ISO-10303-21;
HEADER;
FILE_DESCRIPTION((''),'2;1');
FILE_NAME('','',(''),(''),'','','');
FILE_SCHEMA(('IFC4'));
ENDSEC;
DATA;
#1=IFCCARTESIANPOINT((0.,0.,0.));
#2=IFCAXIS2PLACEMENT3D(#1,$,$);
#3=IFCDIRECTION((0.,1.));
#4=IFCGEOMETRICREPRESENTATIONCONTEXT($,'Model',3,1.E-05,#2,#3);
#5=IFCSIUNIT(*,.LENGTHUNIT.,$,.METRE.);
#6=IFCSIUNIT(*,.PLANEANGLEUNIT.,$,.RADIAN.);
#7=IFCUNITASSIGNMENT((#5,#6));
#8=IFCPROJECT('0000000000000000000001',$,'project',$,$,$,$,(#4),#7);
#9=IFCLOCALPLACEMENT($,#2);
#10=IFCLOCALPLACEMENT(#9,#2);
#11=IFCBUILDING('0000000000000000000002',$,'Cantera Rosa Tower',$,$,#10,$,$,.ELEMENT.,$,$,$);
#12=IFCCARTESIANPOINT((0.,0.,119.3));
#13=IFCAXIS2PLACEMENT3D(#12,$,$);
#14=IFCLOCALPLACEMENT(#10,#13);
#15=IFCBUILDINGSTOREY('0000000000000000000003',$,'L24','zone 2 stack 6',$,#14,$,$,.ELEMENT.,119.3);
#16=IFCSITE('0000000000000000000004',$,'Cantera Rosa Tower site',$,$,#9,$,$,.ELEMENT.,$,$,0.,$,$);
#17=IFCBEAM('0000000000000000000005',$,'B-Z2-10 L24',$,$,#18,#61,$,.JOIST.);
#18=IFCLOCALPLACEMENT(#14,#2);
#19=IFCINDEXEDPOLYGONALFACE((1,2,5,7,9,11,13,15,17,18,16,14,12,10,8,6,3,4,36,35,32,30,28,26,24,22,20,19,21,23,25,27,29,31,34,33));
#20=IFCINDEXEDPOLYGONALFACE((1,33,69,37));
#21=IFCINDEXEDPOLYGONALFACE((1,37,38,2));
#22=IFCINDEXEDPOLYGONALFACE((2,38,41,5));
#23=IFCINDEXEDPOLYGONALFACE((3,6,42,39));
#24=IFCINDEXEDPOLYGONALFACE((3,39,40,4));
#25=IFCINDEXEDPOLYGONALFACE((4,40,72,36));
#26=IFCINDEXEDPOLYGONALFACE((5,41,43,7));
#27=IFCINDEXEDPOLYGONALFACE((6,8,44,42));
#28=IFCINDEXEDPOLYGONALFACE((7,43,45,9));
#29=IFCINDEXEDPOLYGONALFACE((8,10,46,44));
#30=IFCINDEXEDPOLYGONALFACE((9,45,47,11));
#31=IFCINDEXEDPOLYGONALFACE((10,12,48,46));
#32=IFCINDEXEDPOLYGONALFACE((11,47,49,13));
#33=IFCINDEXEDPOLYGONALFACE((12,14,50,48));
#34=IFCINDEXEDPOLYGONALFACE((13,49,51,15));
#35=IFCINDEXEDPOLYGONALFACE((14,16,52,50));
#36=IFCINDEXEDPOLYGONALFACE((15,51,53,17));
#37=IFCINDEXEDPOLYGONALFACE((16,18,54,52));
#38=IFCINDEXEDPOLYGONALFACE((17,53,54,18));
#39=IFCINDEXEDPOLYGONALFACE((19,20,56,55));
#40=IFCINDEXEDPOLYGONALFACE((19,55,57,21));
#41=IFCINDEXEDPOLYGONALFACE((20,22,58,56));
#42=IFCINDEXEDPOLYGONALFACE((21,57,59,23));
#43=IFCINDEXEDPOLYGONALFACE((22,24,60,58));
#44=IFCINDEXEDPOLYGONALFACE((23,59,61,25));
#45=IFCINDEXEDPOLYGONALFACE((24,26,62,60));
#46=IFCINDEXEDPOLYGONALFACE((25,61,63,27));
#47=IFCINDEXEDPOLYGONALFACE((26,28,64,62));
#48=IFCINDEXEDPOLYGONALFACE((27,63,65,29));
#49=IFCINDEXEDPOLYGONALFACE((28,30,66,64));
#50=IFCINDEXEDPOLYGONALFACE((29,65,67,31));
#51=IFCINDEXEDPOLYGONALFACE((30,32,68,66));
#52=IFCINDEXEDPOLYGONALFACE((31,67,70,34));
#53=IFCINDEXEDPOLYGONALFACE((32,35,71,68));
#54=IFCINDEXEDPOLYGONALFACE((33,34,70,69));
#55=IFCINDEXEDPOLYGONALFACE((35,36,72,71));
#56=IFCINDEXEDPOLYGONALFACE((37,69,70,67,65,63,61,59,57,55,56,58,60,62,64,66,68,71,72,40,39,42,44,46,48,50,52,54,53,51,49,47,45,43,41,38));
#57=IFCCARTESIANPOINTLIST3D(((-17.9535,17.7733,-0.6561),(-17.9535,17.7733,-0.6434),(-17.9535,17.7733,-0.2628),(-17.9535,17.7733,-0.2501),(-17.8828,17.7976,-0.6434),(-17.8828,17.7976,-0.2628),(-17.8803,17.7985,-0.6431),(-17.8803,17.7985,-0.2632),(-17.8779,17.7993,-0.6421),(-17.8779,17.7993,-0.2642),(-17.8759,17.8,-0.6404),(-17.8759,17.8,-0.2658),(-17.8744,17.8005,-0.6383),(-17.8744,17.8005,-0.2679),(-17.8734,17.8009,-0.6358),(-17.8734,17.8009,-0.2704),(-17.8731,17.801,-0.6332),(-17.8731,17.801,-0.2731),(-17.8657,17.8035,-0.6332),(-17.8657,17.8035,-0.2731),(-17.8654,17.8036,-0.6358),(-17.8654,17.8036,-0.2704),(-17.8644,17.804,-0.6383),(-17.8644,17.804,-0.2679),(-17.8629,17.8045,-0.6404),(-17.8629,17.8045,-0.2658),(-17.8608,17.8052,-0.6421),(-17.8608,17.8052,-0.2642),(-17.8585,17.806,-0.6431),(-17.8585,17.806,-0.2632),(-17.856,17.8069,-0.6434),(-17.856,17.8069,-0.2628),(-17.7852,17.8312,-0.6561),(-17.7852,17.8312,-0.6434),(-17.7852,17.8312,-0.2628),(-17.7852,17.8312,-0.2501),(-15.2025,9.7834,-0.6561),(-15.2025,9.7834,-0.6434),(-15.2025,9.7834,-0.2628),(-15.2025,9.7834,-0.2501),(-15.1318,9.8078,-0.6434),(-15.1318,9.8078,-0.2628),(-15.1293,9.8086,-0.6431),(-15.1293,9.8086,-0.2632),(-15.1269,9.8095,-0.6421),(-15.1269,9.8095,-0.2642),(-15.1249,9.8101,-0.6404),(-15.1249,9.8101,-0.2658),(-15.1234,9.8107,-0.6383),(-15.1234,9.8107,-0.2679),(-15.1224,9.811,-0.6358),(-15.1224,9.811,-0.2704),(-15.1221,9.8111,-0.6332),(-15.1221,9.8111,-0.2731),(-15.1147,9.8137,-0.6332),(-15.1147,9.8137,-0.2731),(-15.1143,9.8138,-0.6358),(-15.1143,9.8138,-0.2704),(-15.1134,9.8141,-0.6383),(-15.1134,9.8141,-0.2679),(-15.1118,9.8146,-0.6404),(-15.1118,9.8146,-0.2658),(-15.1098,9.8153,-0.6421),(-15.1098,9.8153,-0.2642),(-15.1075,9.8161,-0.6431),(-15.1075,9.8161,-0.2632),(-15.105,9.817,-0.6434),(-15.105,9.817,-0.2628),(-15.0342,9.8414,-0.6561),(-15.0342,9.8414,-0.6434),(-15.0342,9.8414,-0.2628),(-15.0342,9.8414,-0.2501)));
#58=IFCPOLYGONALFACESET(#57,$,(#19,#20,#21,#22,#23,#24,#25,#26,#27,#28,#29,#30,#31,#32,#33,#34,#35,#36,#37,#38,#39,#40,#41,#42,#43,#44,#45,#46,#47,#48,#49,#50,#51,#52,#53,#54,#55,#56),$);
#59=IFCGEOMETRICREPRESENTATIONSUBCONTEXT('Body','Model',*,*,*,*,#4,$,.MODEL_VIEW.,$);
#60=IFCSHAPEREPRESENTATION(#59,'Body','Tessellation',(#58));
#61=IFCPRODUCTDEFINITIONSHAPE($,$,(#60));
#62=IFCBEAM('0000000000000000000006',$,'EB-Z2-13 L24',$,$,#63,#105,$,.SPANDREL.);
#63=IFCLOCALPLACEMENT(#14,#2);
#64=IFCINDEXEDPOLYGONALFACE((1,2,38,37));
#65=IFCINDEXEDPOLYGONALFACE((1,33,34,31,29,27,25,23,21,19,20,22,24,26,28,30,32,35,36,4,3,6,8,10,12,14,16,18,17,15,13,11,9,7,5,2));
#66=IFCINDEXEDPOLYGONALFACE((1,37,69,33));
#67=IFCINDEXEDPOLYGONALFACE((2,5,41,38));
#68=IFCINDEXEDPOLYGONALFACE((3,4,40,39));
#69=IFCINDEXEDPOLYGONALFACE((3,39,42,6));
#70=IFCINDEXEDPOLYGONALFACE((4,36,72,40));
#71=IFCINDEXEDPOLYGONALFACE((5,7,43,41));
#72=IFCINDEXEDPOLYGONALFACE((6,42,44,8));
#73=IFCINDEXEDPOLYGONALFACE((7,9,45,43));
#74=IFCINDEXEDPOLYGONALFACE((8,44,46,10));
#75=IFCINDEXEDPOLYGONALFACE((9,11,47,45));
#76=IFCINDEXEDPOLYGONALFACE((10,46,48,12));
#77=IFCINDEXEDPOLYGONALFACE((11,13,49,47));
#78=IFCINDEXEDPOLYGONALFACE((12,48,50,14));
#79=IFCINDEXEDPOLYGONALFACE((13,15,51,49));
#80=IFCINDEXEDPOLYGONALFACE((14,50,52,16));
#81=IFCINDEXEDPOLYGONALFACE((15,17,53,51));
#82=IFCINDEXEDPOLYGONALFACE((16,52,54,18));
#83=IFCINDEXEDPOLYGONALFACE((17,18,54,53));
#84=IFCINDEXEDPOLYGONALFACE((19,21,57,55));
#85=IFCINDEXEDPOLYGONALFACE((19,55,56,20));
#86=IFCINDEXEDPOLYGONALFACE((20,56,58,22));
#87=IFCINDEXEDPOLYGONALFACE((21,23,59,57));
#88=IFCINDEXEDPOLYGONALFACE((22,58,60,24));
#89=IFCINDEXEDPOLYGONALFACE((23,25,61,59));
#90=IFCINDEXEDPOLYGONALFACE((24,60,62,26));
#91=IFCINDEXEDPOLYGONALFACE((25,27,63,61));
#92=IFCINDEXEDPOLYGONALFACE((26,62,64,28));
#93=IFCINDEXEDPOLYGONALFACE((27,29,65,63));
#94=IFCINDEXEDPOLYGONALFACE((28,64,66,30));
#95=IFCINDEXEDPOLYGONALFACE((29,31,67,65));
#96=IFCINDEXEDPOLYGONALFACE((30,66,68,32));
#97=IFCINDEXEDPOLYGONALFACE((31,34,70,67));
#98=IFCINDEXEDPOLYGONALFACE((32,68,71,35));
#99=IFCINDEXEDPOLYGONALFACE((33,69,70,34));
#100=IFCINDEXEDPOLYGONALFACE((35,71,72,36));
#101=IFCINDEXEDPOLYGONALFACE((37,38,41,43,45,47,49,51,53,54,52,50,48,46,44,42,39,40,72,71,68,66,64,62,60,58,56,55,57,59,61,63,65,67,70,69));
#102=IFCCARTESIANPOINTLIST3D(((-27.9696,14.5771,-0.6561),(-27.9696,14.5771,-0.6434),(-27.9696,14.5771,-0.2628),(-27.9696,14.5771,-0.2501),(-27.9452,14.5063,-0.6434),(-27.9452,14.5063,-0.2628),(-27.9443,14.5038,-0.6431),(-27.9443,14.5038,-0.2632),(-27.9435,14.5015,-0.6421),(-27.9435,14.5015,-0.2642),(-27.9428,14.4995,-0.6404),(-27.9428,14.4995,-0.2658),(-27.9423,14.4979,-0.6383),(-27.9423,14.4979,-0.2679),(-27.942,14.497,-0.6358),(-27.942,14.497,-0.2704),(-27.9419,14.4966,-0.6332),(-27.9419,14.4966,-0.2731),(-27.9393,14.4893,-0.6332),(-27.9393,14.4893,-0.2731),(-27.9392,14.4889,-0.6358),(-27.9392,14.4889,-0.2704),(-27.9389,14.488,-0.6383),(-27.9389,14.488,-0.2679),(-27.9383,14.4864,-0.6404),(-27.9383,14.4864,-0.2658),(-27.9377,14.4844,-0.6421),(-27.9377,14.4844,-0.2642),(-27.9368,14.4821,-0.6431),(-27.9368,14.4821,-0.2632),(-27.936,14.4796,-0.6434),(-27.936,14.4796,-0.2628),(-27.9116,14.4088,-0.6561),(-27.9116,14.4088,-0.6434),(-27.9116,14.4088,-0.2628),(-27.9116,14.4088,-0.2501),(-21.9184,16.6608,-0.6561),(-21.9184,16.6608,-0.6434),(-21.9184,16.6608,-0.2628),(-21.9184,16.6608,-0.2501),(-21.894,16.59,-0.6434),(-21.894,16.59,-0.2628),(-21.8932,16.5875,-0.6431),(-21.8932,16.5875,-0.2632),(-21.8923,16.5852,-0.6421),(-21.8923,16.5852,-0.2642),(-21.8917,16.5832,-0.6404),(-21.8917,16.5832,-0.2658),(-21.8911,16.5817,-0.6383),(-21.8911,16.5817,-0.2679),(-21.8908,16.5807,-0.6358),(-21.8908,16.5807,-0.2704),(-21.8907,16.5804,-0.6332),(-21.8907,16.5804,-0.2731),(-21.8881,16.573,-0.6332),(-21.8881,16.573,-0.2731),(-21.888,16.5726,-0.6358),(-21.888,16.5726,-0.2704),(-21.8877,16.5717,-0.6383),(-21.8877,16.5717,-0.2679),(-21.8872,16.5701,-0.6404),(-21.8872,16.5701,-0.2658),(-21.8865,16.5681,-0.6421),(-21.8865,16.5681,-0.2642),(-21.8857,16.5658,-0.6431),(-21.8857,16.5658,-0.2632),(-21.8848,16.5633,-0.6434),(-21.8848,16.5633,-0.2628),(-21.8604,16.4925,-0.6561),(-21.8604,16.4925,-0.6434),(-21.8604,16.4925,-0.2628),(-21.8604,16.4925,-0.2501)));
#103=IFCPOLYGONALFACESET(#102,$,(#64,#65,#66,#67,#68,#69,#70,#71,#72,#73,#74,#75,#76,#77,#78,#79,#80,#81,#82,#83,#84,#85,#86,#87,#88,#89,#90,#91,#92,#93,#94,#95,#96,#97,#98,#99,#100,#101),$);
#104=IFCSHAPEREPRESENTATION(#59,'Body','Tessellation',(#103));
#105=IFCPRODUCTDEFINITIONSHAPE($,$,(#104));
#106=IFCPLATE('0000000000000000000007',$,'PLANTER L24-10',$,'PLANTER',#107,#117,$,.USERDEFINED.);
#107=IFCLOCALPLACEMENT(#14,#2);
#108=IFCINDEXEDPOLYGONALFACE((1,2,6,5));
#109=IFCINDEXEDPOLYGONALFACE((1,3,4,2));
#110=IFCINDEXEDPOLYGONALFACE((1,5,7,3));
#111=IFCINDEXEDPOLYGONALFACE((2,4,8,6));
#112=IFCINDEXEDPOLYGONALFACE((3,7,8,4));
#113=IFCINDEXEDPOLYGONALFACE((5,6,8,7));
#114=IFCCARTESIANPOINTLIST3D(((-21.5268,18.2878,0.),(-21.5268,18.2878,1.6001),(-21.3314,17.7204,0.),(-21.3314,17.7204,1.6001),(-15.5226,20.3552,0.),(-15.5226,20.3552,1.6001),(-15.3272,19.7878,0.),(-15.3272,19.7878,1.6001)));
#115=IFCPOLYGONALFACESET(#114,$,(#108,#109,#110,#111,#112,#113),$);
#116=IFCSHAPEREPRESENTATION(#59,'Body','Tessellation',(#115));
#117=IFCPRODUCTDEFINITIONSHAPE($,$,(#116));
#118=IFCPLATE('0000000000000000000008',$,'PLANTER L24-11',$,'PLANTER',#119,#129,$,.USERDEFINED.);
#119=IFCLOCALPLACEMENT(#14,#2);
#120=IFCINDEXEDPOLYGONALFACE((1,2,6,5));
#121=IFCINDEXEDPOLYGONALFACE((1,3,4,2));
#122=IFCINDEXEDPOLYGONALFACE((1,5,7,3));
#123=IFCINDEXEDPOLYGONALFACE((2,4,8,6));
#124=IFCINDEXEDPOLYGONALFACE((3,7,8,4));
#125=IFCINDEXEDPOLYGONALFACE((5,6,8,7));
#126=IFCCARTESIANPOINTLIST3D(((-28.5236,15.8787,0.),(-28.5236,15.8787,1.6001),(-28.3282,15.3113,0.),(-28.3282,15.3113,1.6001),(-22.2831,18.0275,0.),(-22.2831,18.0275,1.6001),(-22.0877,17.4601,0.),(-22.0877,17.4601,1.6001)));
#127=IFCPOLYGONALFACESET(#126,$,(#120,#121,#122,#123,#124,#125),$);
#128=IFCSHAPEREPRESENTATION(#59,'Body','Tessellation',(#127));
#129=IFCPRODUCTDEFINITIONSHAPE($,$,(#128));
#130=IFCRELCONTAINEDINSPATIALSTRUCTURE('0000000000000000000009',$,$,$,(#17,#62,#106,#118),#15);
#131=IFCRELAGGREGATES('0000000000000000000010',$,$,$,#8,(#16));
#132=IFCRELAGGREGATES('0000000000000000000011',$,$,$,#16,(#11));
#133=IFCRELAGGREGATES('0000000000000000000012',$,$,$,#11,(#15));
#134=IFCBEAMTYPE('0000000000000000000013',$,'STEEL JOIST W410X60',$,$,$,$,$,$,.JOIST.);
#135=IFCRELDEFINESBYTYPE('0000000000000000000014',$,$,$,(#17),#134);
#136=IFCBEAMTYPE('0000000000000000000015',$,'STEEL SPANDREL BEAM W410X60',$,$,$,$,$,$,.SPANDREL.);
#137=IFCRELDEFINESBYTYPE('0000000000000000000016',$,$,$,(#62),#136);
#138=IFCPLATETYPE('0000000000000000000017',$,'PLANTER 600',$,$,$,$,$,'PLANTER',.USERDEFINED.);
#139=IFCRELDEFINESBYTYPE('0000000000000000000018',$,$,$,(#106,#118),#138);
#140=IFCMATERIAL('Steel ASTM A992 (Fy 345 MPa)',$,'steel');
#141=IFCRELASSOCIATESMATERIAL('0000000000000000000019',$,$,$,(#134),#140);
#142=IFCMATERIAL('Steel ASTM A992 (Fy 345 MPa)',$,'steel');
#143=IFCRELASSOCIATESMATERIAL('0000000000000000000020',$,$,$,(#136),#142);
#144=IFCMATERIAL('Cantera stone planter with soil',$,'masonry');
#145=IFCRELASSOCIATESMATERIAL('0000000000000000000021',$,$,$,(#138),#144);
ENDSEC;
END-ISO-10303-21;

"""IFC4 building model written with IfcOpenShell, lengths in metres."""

from ifc_helpers import new_model, si_unit, direction, frame, origin, origin_2d, place, context, subcontext, project, spatial, rectangle, i_section, extrude, material, material_profile, profile_set, type_object, element, save


model = new_model("IFC4")

# Units and contexts
model_context = context("Model", 3, precision=1e-05, world=origin(), true_north=direction((0.0, 1.0)))
body_context = subcontext(model_context, "Body", "Model", "MODEL_VIEW")
ifc_project = project(units=[si_unit("LENGTHUNIT", "METRE"), si_unit("PLANEANGLEUNIT", "RADIAN")], contexts=[model_context])

# Site, building, storey
site_placement = place(None, origin())
site = spatial("IfcSite", under=ifc_project, at=site_placement, Name="Cantera Rosa Tower site", CompositionType="ELEMENT", RefElevation=0.0)
building_placement = place(site_placement, origin())
building = spatial("IfcBuilding", under=site, at=building_placement, Name="Cantera Rosa Tower", CompositionType="ELEMENT")
storey_placement = place(building_placement, frame((0.0, 0.0, 119.3)))
storey = spatial("IfcBuildingStorey", under=building, at=storey_placement, Name="L24", Description="zone 2 stack 6", CompositionType="ELEMENT", Elevation=119.3)

# Beams
ifc_material_1 = material(Name="Steel ASTM A992 (Fy 345 MPa)", Category="steel")
ifc_material_profile_1 = material_profile(ifc_material_1, i_section(OverallWidth=0.178, OverallDepth=0.406, WebThickness=0.0078, FlangeThickness=0.0127, FilletRadius=0.0103, at=origin_2d()), Name="W410X60")
ifc_profile_set_1 = profile_set([ifc_material_profile_1], Name="Steel ASTM A992 (Fy 345 MPa)")
beam_type_1 = type_object("IfcBeamType", Name="STEEL JOIST W410X60", PredefinedType="JOIST", material=ifc_profile_set_1)
beam_1_placement = place(storey_placement, frame((-17.8694, 17.8022, -0.4531), z_axis=(0.325556, -0.945523, 0.0), x_axis=(0.945523, 0.325556, 0.0)))
element("IfcBeam", 1, at=beam_1_placement, inside=storey, type_object=beam_type_1, Name="B-Z2-10 L24", PredefinedType="JOIST", context=body_context, shape_type="SweptSolid", body=[
    extrude(i_section(OverallWidth=0.178, OverallDepth=0.406, WebThickness=0.0078, FlangeThickness=0.0127, FilletRadius=0.0103, at=origin_2d()), origin(), (0.0, 0.0, 1.0), 8.4502),
])
ifc_material_2 = material(Name="Steel ASTM A992 (Fy 345 MPa)", Category="steel")
ifc_material_profile_2 = material_profile(ifc_material_2, i_section(OverallWidth=0.178, OverallDepth=0.406, WebThickness=0.0078, FlangeThickness=0.0127, FilletRadius=0.0103, at=origin_2d()), Name="W410X60")
ifc_profile_set_2 = profile_set([ifc_material_profile_2], Name="Steel ASTM A992 (Fy 345 MPa)")
beam_type_2 = type_object("IfcBeamType", Name="STEEL SPANDREL BEAM W410X60", PredefinedType="SPANDREL", material=ifc_profile_set_2)
beam_2_placement = place(storey_placement, frame((-21.8894, 16.5767, -0.4531), z_axis=(-0.945513, -0.325585, 0.0), x_axis=(0.325585, -0.945513, 0.0)))
element("IfcBeam", 2, at=beam_2_placement, inside=storey, type_object=beam_type_2, Name="EB-Z2-13 L24", PredefinedType="SPANDREL", context=body_context, shape_type="SweptSolid", body=[
    extrude(i_section(OverallWidth=0.178, OverallDepth=0.406, WebThickness=0.0078, FlangeThickness=0.0127, FilletRadius=0.0103, at=origin_2d()), origin(), (0.0, 0.0, 1.0), 6.3999),
])

# Plates
ifc_material_3 = material(Name="Cantera stone planter with soil", Category="masonry")
plate_type = type_object("IfcPlateType", Name="PLANTER 600", ElementType="PLANTER", PredefinedType="USERDEFINED", material=ifc_material_3)
plate_1_placement = place(storey_placement, frame((-18.427, 19.0378, 0.0), z_axis=(0.0, 0.0, 1.0), x_axis=(-0.945519, -0.325568, 0.0)))
element("IfcPlate", 3, at=plate_1_placement, inside=storey, type_object=plate_type, Name="PLANTER L24-10", ObjectType="PLANTER", PredefinedType="USERDEFINED", context=body_context, shape_type="SweptSolid", body=[
    extrude(rectangle(XDim=6.3501, YDim=0.6001, at=origin_2d()), origin(), (0.0, 0.0, 1.0), 1.6001),
])
plate_2_placement = place(storey_placement, frame((-25.3057, 16.6694, 0.0), z_axis=(0.0, 0.0, 1.0), x_axis=(-0.945519, -0.325568, 0.0)))
element("IfcPlate", 4, at=plate_2_placement, inside=storey, type_object=plate_type, Name="PLANTER L24-11", ObjectType="PLANTER", PredefinedType="USERDEFINED", context=body_context, shape_type="SweptSolid", body=[
    extrude(rectangle(XDim=6.6001, YDim=0.6001, at=origin_2d()), origin(), (0.0, 0.0, 1.0), 1.6001),
])

save(model, "model.ifc")
